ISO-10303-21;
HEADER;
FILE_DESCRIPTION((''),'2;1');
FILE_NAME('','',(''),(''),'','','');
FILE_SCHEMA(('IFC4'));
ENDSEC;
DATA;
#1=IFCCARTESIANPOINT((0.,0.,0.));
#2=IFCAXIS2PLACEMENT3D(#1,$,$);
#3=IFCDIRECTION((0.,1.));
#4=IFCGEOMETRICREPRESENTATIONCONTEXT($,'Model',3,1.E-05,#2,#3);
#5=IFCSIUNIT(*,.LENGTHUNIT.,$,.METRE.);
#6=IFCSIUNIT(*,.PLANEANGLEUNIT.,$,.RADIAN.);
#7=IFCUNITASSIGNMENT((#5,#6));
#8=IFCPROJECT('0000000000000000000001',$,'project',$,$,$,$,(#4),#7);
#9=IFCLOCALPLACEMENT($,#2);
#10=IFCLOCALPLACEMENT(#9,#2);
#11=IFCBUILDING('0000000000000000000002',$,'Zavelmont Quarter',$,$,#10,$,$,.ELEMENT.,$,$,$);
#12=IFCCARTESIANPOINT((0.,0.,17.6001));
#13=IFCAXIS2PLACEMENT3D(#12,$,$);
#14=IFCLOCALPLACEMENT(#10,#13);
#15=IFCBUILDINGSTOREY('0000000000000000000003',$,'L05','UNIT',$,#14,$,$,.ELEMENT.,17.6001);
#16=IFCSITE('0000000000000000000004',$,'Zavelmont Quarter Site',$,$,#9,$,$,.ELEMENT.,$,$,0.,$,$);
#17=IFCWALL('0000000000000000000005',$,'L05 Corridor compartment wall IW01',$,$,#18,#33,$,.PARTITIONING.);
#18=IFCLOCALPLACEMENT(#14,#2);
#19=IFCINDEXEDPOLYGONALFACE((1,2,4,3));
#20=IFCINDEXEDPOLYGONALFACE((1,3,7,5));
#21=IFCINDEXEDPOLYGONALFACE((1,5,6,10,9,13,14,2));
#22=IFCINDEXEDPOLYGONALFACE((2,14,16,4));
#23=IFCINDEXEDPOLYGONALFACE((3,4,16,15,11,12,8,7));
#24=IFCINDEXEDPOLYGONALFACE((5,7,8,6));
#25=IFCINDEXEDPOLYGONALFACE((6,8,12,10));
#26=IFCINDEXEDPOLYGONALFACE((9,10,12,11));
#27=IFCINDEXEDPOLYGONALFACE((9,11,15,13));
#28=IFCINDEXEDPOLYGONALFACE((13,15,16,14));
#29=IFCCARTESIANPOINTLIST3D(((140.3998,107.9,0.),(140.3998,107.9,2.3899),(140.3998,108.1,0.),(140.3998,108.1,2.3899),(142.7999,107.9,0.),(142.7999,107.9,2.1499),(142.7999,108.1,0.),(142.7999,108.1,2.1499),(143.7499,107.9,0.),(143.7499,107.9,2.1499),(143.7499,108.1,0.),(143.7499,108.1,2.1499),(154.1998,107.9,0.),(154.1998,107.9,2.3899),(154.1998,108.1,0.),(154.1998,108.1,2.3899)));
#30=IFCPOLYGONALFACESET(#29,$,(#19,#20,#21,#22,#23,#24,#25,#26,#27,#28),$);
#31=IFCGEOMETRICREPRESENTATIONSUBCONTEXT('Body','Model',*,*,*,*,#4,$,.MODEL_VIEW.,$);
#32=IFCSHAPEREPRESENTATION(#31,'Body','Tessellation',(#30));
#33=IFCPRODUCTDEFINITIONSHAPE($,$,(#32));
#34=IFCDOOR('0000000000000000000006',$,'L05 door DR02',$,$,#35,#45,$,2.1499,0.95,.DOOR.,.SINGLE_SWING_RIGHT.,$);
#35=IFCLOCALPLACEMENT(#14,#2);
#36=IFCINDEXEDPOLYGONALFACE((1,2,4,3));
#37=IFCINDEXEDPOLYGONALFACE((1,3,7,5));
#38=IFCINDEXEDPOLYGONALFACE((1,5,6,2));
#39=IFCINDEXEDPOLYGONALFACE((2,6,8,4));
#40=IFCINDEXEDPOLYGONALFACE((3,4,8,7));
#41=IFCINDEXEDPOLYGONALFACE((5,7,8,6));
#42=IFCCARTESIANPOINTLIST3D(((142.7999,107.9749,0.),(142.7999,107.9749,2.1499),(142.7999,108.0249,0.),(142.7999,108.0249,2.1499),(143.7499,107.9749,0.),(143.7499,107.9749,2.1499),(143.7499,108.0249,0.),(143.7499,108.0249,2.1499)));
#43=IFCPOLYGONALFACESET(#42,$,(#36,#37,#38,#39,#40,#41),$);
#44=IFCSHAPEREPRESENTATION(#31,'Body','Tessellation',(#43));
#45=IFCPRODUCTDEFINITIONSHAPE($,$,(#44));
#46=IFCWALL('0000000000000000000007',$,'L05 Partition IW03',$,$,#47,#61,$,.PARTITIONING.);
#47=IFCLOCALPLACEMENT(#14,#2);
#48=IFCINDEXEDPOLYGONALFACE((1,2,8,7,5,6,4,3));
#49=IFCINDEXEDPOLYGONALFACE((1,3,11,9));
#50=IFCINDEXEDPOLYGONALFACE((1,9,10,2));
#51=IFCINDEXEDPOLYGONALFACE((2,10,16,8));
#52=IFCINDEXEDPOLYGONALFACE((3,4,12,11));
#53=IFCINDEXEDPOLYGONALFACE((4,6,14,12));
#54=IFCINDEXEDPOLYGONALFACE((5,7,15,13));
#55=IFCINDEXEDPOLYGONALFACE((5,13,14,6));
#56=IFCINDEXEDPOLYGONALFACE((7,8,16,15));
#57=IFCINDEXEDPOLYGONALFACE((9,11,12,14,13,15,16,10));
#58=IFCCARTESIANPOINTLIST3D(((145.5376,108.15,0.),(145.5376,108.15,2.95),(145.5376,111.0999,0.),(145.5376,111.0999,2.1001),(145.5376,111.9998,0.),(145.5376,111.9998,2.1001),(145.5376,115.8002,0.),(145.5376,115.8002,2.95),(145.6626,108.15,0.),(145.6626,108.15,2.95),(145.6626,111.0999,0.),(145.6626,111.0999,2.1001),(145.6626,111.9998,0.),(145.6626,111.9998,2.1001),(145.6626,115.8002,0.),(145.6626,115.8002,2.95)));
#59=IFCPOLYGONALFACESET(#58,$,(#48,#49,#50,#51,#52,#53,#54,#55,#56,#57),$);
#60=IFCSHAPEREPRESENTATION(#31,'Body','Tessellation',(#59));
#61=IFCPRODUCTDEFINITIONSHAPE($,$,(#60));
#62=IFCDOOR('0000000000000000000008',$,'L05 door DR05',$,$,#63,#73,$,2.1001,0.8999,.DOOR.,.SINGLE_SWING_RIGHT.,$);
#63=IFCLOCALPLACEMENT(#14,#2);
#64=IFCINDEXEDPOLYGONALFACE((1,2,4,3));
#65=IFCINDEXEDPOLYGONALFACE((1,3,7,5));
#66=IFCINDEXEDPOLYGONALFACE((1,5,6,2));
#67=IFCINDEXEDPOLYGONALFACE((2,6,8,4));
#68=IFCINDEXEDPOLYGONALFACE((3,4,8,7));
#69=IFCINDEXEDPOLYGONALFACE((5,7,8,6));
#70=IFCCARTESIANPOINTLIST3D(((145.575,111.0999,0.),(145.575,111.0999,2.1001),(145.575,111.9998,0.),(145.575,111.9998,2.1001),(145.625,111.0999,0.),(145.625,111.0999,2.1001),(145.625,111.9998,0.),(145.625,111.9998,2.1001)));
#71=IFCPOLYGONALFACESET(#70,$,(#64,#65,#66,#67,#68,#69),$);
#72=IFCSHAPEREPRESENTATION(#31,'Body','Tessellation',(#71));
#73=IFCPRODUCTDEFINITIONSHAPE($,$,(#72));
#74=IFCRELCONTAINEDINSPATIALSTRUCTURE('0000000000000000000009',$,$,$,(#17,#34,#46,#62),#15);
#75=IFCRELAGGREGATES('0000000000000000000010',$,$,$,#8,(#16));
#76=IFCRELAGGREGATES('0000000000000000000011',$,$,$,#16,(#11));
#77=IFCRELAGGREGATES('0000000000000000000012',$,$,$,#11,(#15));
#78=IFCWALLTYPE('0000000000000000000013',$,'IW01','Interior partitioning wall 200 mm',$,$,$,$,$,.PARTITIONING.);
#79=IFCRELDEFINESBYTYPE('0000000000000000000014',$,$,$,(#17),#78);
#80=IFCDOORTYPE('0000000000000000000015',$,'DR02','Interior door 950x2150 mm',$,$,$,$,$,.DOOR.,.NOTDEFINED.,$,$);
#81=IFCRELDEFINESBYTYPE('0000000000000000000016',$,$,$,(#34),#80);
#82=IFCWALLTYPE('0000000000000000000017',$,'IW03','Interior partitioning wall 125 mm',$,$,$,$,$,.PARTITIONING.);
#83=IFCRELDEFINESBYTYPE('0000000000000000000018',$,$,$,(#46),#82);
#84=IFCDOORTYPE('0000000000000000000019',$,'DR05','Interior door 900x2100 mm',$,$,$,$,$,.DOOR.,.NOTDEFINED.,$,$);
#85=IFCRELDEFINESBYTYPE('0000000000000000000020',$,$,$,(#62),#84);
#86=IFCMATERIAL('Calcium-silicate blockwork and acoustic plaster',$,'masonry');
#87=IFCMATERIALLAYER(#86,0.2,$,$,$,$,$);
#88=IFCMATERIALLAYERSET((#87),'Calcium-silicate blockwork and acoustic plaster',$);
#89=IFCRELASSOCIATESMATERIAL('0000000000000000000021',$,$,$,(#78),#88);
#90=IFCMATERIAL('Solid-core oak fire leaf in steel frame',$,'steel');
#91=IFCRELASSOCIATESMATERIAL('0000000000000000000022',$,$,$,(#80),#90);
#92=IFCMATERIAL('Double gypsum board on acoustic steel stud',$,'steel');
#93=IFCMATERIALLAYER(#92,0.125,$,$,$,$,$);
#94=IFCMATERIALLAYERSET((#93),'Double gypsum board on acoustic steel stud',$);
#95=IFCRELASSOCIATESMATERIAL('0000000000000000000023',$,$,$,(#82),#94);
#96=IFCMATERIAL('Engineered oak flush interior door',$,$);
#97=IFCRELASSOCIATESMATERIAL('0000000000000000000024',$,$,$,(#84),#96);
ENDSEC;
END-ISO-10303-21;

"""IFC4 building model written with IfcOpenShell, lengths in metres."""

from ifc_helpers import new_model, si_unit, direction, frame, frame_2d, origin, origin_with_axes, place, context, subcontext, project, spatial, rectangle, extrude, material, layer, layer_set, type_object, element, fill, save


model = new_model("IFC4")

# Units and contexts
model_context = context("Model", 3, precision=1e-05, world=origin(), true_north=direction((0.0, 1.0)))
body_context = subcontext(model_context, "Body", "Model", "MODEL_VIEW")
ifc_project = project(units=[si_unit("LENGTHUNIT", "METRE"), si_unit("PLANEANGLEUNIT", "RADIAN")], contexts=[model_context])

# Site, building, storey
site_placement = place(None, origin())
site = spatial("IfcSite", under=ifc_project, at=site_placement, Name="Zavelmont Quarter Site", CompositionType="ELEMENT", RefElevation=0.0)
building_placement = place(site_placement, origin())
building = spatial("IfcBuilding", under=site, at=building_placement, Name="Zavelmont Quarter", CompositionType="ELEMENT")
storey_placement = place(building_placement, frame((0.0, 0.0, 17.6001)))
storey = spatial("IfcBuildingStorey", under=building, at=storey_placement, Name="L05", Description="UNIT", CompositionType="ELEMENT", Elevation=17.6001)

# Shared definitions
ifc_material_1 = material(Name="Calcium-silicate blockwork and acoustic plaster", Category="masonry")
ifc_layer_1 = layer(ifc_material_1, 0.2)
ifc_layer_set_1 = layer_set([ifc_layer_1], Name="Calcium-silicate blockwork and acoustic plaster")
wall_type_1 = type_object("IfcWallType", Name="IW01", Description="Interior partitioning wall 200 mm", PredefinedType="PARTITIONING", material=ifc_layer_set_1)

# Walls, openings, doors
wall_1_placement = place(storey_placement, frame((140.3999, 108.0, 0.0), z_axis=(0.0, 0.0, 1.0), x_axis=(1.0, 0.0, 0.0)))
wall_1 = element("IfcWall", 1, at=wall_1_placement, inside=storey, type_object=wall_type_1, Name="L05 Corridor compartment wall IW01", PredefinedType="PARTITIONING", context=body_context, shape_type="SweptSolid", body=[
    extrude(rectangle(XDim=13.8, YDim=0.2, at=frame_2d((6.8999, 0.0))), origin(), (0.0, 0.0, 1.0), 2.3899),
])
opening_1_placement = place(wall_1_placement, frame((2.3999, 0.0, 0.0)))
opening_1 = element("IfcOpeningElement", 2, at=opening_1_placement, cuts=wall_1, PredefinedType="OPENING", context=body_context, shape_type="SweptSolid", body=[
    extrude(rectangle(XDim=0.95, YDim=2.1499, at=frame_2d((0.4751, 1.075))), frame((0.0, 0.1118, 0.0), z_axis=(0.0, -1.0, 0.0), x_axis=(1.0, 0.0, 0.0)), (0.0, 0.0, 1.0), 0.2239),
])
ifc_material_2 = material(Name="Solid-core oak fire leaf in steel frame", Category="steel")
door_type_1 = type_object("IfcDoorType", Name="DR02", Description="Interior door 950x2150 mm", OperationType="NOTDEFINED", PredefinedType="DOOR", material=ifc_material_2)
door_1_placement = place(opening_1_placement, origin_with_axes())
door_1 = element("IfcDoor", 3, at=door_1_placement, inside=storey, type_object=door_type_1, Name="L05 door DR02", OperationType="SINGLE_SWING_RIGHT", OverallHeight=2.1499, OverallWidth=0.95, PredefinedType="DOOR", context=body_context, shape_type="SweptSolid", body=[
    extrude(rectangle(XDim=0.95, YDim=2.1499, at=frame_2d((0.4751, 1.075))), frame((0.0, 0.0249, 0.0), z_axis=(0.0, -1.0, 0.0), x_axis=(1.0, 0.0, 0.0)), (0.0, 0.0, 1.0), 0.05),
])
fill(opening_1, door_1)
ifc_material_3 = material(Name="Double gypsum board on acoustic steel stud", Category="steel")
ifc_layer_2 = layer(ifc_material_3, 0.125)
ifc_layer_set_2 = layer_set([ifc_layer_2], Name="Double gypsum board on acoustic steel stud")
wall_type_2 = type_object("IfcWallType", Name="IW03", Description="Interior partitioning wall 125 mm", PredefinedType="PARTITIONING", material=ifc_layer_set_2)
wall_2_placement = place(storey_placement, frame((145.6001, 108.1499, 0.0), z_axis=(0.0, 0.0, 1.0), x_axis=(0.0, 1.0, 0.0)))
wall_2 = element("IfcWall", 4, at=wall_2_placement, inside=storey, type_object=wall_type_2, Name="L05 Partition IW03", PredefinedType="PARTITIONING", context=body_context, shape_type="SweptSolid", body=[
    extrude(rectangle(XDim=7.6501, YDim=0.125, at=frame_2d((3.8252, 0.0))), origin(), (0.0, 0.0, 1.0), 2.95),
])
opening_2_placement = place(wall_2_placement, frame((2.95, 0.0, 0.0)))
opening_2 = element("IfcOpeningElement", 5, at=opening_2_placement, cuts=wall_2, PredefinedType="OPENING", context=body_context, shape_type="SweptSolid", body=[
    extrude(rectangle(XDim=0.8999, YDim=2.1001, at=frame_2d((0.45, 1.05))), frame((0.0, 0.0745, 0.0), z_axis=(0.0, -1.0, 0.0), x_axis=(1.0, 0.0, 0.0)), (0.0, 0.0, 1.0), 0.1489),
])
ifc_material_4 = material(Name="Engineered oak flush interior door")
door_type_2 = type_object("IfcDoorType", Name="DR05", Description="Interior door 900x2100 mm", OperationType="NOTDEFINED", PredefinedType="DOOR", material=ifc_material_4)
door_2_placement = place(opening_2_placement, frame((0.8999, 0.0, 0.0), z_axis=(0.0, 0.0, 1.0), x_axis=(-1.0, 0.0, 0.0)))
door_2 = element("IfcDoor", 6, at=door_2_placement, inside=storey, type_object=door_type_2, Name="L05 door DR05", OperationType="SINGLE_SWING_RIGHT", OverallHeight=2.1001, OverallWidth=0.8999, PredefinedType="DOOR", context=body_context, shape_type="SweptSolid", body=[
    extrude(rectangle(XDim=0.8999, YDim=2.1001, at=frame_2d((0.45, 1.05))), frame((0.0, 0.0249, 0.0), z_axis=(0.0, -1.0, 0.0), x_axis=(1.0, 0.0, 0.0)), (0.0, 0.0, 1.0), 0.05),
])
fill(opening_2, door_2)

save(model, "model.ifc")
